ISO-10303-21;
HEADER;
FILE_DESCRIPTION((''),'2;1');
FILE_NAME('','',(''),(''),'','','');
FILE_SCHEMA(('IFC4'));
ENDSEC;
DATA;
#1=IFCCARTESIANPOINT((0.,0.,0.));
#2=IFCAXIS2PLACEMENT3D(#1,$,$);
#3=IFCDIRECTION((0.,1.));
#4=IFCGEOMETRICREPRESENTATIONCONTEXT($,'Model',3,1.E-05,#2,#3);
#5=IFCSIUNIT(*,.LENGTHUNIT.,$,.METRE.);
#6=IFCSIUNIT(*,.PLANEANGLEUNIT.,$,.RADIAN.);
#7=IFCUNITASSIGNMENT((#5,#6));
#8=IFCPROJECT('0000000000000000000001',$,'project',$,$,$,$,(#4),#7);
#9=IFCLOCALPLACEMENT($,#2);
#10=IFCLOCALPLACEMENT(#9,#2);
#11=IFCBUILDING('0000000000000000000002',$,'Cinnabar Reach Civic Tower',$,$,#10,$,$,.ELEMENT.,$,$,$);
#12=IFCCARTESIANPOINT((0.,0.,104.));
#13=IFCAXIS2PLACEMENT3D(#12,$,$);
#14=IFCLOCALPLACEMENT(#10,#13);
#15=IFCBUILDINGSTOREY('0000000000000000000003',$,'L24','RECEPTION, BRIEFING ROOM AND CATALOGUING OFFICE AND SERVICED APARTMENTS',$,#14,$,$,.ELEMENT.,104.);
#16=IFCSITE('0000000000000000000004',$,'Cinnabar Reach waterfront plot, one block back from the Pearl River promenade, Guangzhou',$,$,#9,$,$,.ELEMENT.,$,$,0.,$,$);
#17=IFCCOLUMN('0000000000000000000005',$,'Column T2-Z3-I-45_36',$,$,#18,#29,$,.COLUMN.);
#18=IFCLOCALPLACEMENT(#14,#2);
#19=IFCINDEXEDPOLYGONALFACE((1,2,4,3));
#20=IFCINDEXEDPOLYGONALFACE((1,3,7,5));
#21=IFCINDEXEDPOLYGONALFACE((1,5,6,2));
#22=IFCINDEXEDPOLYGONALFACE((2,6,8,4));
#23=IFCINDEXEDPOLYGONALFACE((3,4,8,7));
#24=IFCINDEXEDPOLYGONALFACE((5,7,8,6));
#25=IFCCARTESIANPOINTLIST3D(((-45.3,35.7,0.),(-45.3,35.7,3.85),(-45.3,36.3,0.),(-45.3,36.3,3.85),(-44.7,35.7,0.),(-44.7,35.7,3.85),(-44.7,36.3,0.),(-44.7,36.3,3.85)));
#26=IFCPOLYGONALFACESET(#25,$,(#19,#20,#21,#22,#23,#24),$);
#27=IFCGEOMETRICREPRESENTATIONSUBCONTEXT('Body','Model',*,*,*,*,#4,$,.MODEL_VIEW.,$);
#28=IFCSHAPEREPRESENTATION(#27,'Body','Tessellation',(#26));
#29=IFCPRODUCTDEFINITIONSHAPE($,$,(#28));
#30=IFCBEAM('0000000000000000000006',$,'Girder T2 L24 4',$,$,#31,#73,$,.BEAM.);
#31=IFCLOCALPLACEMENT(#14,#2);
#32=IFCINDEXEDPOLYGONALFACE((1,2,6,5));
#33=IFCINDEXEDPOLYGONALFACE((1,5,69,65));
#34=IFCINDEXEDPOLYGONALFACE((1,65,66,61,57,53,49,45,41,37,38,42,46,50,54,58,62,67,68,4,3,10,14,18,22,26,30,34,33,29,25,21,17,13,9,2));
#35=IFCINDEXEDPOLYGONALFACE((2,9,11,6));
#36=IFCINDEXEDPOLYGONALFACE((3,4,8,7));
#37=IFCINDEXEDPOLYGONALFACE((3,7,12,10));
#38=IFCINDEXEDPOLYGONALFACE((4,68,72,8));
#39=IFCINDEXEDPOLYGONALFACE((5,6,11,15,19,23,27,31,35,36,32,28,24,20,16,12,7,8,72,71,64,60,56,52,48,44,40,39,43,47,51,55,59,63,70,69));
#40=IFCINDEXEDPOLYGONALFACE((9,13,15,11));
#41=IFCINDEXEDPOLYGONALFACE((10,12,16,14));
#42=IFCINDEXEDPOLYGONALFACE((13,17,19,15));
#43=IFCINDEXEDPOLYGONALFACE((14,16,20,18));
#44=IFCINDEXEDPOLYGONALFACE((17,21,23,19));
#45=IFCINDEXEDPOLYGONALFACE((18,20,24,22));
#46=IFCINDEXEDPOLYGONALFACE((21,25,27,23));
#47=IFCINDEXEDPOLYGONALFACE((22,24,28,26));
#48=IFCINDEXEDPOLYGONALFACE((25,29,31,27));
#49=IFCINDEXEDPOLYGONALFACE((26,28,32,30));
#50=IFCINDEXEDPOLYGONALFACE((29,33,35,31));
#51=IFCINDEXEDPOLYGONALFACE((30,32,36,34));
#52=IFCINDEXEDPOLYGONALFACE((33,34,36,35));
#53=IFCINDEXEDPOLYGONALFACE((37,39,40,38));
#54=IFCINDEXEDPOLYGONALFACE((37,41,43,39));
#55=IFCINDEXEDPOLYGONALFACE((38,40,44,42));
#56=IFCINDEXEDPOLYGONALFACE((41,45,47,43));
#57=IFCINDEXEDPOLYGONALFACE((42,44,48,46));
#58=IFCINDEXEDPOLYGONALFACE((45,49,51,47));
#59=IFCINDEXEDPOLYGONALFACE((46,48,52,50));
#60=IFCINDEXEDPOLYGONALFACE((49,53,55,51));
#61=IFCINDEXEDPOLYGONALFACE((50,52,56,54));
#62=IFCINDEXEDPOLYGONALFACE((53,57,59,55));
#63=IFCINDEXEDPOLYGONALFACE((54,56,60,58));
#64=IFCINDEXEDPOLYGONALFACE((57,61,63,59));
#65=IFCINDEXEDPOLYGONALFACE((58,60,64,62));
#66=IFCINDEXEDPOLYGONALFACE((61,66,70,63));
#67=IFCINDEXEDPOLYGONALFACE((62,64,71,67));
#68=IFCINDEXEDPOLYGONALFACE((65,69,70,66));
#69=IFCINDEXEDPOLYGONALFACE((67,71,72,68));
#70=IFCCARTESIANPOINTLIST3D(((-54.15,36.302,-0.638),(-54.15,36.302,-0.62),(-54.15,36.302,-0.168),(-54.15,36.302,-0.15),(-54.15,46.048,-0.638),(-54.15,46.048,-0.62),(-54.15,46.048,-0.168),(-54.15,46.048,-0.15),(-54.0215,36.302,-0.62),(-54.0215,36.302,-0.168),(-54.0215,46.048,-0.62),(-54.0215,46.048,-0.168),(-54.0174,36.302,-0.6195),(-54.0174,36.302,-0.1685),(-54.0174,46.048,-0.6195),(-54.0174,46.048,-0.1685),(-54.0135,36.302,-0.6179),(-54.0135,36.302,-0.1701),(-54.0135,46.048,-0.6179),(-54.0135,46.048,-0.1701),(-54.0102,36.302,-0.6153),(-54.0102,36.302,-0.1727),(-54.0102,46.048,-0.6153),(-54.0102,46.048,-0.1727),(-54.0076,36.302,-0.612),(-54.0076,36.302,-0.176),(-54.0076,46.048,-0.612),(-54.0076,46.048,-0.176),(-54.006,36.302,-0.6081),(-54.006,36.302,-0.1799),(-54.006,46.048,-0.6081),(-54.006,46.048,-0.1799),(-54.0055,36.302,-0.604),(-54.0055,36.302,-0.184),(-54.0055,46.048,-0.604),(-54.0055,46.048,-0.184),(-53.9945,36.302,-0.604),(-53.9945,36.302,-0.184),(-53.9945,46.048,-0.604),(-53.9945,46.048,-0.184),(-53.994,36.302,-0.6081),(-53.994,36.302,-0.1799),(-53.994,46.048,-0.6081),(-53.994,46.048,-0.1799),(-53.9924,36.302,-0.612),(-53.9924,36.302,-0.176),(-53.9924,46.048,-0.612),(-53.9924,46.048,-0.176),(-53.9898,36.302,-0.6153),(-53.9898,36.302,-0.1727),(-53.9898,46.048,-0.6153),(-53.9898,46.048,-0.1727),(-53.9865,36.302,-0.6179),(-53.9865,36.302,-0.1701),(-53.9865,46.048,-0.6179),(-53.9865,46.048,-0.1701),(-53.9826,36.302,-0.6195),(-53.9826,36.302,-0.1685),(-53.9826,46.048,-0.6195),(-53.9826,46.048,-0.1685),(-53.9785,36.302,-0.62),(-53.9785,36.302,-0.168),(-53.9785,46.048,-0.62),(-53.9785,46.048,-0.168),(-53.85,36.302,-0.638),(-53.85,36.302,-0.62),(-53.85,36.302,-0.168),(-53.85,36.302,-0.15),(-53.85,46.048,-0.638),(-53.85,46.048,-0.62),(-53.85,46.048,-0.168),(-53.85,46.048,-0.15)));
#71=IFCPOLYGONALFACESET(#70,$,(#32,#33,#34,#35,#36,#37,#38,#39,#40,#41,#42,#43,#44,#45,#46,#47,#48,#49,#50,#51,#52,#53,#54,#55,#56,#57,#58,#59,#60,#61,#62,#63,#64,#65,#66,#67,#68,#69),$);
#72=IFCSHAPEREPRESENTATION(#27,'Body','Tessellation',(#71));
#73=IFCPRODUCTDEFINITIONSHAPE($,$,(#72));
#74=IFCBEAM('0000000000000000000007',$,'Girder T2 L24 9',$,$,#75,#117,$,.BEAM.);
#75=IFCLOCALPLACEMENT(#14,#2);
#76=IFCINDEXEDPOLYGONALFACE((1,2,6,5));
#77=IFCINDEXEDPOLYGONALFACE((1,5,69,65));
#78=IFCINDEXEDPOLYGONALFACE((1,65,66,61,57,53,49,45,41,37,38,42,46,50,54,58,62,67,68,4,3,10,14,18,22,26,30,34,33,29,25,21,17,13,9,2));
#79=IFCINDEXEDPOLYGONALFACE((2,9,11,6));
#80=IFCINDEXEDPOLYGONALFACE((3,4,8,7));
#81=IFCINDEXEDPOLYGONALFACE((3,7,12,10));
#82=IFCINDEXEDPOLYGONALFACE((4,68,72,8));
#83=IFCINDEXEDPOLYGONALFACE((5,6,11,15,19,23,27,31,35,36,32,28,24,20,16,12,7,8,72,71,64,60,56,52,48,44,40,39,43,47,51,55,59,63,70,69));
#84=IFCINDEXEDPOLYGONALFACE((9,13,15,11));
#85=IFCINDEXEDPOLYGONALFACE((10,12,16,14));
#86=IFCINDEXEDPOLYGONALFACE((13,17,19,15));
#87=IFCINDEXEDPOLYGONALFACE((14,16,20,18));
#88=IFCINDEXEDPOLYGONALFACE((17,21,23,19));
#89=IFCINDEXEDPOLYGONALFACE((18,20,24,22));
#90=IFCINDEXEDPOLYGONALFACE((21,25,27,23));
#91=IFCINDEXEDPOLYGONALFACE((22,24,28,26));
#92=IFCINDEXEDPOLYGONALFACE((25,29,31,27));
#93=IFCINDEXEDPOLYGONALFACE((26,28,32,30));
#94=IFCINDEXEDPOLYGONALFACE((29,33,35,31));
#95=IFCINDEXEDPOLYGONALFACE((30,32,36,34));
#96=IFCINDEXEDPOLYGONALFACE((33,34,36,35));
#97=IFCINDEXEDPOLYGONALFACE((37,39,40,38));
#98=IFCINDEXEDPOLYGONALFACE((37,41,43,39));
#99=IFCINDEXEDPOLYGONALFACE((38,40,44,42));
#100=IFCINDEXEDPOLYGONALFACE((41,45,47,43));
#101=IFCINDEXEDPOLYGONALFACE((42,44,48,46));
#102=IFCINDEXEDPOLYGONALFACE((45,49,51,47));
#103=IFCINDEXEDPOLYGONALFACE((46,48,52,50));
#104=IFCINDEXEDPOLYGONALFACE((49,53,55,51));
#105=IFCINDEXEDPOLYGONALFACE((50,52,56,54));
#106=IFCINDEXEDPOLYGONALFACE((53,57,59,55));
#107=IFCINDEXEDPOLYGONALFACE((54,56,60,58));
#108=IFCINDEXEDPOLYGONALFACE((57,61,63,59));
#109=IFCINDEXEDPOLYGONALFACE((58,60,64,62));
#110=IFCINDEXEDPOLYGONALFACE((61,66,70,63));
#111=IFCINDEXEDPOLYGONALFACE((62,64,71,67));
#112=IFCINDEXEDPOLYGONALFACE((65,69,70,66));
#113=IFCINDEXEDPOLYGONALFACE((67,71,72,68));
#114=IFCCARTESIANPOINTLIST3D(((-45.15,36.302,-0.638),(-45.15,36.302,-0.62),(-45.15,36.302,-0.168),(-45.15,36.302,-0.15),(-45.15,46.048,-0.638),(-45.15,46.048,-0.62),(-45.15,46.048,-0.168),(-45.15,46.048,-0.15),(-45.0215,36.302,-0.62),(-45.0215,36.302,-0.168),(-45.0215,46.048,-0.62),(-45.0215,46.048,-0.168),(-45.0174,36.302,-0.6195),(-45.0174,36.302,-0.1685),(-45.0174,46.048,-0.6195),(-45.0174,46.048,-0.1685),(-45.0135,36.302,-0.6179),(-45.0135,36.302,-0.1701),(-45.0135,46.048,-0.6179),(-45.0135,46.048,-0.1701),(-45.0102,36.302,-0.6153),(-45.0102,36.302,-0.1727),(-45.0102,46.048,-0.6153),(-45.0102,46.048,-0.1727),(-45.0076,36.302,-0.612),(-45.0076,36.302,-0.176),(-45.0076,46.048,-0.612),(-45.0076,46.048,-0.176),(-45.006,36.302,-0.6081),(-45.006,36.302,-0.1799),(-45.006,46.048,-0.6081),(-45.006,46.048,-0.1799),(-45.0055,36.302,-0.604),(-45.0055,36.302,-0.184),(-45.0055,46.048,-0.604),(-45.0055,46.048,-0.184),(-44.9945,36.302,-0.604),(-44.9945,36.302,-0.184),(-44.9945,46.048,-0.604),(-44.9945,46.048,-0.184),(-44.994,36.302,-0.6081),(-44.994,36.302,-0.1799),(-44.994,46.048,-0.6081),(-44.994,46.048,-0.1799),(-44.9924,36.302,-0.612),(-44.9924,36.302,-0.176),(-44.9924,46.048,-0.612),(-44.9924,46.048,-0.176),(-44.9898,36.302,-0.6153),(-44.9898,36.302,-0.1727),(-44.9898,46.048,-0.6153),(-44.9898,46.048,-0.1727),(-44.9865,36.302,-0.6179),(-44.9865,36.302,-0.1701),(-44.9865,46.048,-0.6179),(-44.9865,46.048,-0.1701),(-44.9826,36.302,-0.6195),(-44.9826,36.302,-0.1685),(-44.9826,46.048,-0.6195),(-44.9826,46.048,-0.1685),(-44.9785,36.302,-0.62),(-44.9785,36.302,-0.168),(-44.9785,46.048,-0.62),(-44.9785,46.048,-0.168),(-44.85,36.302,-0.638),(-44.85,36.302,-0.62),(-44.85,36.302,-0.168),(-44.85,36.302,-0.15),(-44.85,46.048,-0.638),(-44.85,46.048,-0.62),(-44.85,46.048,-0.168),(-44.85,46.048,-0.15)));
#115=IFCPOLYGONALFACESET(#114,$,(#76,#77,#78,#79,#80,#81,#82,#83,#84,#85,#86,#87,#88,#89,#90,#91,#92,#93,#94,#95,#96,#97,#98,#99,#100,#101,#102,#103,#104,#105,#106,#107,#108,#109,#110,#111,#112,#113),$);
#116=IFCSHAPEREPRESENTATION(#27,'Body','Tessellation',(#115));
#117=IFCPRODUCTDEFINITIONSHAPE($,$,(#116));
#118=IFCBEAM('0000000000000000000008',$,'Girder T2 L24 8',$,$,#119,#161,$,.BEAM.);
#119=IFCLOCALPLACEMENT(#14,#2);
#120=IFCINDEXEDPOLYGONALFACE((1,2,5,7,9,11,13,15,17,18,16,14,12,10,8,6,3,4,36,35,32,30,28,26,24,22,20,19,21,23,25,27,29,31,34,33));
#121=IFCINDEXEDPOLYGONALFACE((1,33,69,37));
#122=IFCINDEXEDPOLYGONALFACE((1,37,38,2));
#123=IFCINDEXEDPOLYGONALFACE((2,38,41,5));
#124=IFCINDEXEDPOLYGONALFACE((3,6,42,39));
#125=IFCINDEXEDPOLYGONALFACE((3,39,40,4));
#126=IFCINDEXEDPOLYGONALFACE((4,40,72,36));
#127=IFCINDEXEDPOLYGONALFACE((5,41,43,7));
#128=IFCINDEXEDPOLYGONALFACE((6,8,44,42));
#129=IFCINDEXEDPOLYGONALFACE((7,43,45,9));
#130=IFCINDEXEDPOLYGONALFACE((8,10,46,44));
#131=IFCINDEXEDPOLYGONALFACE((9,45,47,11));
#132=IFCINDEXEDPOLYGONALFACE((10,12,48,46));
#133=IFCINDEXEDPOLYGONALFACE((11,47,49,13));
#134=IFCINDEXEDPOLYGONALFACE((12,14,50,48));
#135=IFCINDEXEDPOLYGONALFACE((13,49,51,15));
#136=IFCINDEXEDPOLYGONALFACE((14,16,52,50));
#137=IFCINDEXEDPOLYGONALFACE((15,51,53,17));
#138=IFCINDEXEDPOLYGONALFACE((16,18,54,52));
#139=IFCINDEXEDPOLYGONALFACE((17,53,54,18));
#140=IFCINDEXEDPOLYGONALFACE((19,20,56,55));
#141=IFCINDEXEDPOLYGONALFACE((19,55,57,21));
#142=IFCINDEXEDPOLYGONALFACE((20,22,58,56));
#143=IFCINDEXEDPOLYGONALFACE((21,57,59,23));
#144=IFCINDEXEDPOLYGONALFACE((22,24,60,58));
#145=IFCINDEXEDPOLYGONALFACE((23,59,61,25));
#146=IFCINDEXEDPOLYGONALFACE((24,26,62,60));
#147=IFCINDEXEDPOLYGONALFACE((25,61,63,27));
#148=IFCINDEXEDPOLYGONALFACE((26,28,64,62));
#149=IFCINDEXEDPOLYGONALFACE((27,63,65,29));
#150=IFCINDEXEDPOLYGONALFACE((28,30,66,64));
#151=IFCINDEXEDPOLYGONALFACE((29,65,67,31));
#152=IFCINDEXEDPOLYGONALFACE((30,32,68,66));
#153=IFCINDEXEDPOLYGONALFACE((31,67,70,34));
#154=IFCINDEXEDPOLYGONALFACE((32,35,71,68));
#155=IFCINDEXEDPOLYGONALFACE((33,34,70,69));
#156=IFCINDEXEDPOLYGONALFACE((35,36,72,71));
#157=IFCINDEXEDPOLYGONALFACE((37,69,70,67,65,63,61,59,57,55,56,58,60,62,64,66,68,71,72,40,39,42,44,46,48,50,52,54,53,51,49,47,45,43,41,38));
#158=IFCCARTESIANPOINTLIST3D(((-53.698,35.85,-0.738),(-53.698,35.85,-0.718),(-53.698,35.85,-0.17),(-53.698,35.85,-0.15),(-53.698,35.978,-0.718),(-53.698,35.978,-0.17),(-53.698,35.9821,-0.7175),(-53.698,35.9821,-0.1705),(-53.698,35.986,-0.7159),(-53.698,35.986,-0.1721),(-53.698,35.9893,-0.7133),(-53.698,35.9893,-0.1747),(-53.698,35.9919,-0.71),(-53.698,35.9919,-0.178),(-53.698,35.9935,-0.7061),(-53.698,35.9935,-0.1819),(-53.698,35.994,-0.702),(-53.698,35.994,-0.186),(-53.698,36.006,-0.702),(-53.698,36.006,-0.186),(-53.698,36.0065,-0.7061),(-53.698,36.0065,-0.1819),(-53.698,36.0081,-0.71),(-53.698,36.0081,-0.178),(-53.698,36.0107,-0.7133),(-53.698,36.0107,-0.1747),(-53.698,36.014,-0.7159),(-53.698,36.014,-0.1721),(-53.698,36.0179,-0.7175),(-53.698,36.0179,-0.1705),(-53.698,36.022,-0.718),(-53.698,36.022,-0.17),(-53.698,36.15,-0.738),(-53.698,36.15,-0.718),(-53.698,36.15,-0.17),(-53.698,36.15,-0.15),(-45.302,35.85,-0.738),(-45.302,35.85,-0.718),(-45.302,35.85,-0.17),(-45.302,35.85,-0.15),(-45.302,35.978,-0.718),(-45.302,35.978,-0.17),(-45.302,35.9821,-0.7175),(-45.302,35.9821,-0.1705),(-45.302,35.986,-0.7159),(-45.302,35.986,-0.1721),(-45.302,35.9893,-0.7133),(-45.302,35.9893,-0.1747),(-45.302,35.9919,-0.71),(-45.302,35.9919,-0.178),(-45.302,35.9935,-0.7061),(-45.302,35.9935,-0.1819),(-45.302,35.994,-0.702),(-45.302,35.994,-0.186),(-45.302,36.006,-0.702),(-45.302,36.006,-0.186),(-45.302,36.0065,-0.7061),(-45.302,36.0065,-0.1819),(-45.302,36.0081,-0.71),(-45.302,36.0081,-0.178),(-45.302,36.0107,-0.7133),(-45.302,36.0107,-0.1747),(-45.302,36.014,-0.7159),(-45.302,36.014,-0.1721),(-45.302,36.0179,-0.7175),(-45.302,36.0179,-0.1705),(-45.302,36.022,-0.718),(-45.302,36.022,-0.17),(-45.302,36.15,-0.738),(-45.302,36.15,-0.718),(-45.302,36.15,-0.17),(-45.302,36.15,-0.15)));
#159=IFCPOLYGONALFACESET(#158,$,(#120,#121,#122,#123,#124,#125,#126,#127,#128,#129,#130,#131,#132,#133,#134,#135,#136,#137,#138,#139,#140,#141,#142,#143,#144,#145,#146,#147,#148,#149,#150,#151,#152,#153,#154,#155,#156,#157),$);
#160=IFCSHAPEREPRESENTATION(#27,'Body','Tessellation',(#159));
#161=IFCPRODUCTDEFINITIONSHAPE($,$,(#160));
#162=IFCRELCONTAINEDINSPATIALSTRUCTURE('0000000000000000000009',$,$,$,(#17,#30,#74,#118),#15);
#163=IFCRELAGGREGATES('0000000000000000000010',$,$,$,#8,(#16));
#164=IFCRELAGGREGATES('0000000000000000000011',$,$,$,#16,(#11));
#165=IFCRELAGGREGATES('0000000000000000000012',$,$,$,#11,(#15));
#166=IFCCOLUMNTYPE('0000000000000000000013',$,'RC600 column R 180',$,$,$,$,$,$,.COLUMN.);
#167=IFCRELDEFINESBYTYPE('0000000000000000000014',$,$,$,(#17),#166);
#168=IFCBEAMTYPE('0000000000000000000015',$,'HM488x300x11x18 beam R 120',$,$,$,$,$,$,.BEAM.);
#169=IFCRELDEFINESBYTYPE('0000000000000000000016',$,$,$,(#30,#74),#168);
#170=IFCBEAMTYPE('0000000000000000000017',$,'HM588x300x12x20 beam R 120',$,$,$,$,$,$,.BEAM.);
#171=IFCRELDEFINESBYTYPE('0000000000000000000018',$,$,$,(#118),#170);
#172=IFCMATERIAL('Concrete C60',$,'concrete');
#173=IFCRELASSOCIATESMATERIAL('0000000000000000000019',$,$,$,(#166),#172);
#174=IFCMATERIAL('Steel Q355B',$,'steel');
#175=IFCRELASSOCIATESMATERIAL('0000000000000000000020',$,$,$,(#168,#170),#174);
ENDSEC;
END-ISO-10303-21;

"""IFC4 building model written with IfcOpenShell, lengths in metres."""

from ifc_helpers import new_model, si_unit, direction, frame, origin, origin_2d, place, context, subcontext, project, spatial, rectangle, i_section, extrude, material, material_profile, profile_set, type_object, element, save


model = new_model("IFC4")

# Units and contexts
model_context = context("Model", 3, precision=1e-05, world=origin(), true_north=direction((0.0, 1.0)))
body_context = subcontext(model_context, "Body", "Model", "MODEL_VIEW")
ifc_project = project(units=[si_unit("LENGTHUNIT", "METRE"), si_unit("PLANEANGLEUNIT", "RADIAN")], contexts=[model_context])

# Site, building, storey
site_placement = place(None, origin())
site = spatial("IfcSite", under=ifc_project, at=site_placement, Name="Cinnabar Reach waterfront plot, one block back from the Pearl River promenade, Guangzhou", CompositionType="ELEMENT", RefElevation=0.0)
building_placement = place(site_placement, origin())
building = spatial("IfcBuilding", under=site, at=building_placement, Name="Cinnabar Reach Civic Tower", CompositionType="ELEMENT")
storey_placement = place(building_placement, frame((0.0, 0.0, 104.0)))
storey = spatial("IfcBuildingStorey", under=building, at=storey_placement, Name="L24", Description="RECEPTION, BRIEFING ROOM AND CATALOGUING OFFICE AND SERVICED APARTMENTS", CompositionType="ELEMENT", Elevation=104.0)

# Column
ifc_material_1 = material(Name="Concrete C60", Category="concrete")
ifc_material_profile_1 = material_profile(ifc_material_1, rectangle(XDim=0.6, YDim=0.6, at=origin_2d()), Name="RC600")
ifc_profile_set_1 = profile_set([ifc_material_profile_1], Name="Concrete C60")
column_type = type_object("IfcColumnType", Name="RC600 column R 180", PredefinedType="COLUMN", material=ifc_profile_set_1)
column_placement = place(storey_placement, frame((-45.0, 36.0, 0.0), z_axis=(0.0, 0.0, 1.0), x_axis=(1.0, 0.0, 0.0)))
element("IfcColumn", 1, at=column_placement, inside=storey, type_object=column_type, Name="Column T2-Z3-I-45_36", PredefinedType="COLUMN", context=body_context, shape_type="SweptSolid", body=[
    extrude(rectangle(XDim=0.6, YDim=0.6, at=origin_2d()), origin(), (0.0, 0.0, 1.0), 3.85),
])

# Beams
ifc_material_2 = material(Name="Steel Q355B", Category="steel")
ifc_material_profile_2 = material_profile(ifc_material_2, i_section(OverallWidth=0.3, OverallDepth=0.488, WebThickness=0.011, FlangeThickness=0.018, FilletRadius=0.016, at=origin_2d()), Name="HM488x300x11x18")
ifc_profile_set_2 = profile_set([ifc_material_profile_2], Name="Steel Q355B")
beam_type_1 = type_object("IfcBeamType", Name="HM488x300x11x18 beam R 120", PredefinedType="BEAM", material=ifc_profile_set_2)
for number, where, z_axis, x_axis, name in (
    (2, (-54.0, 36.302, -0.394), (0.0, 1.0, 0.0), (-1.0, 0.0, 0.0), "Girder T2 L24 4"),
    (3, (-45.0, 36.302, -0.394), (0.0, 1.0, 0.0), (-1.0, 0.0, 0.0), "Girder T2 L24 9"),
):
    element("IfcBeam", number, at=place(storey_placement, frame(where, z_axis=z_axis, x_axis=x_axis)), inside=storey, type_object=beam_type_1, Name=name, PredefinedType="BEAM", context=body_context, shape_type="SweptSolid", body=[
        extrude(i_section(OverallWidth=0.3, OverallDepth=0.488, WebThickness=0.011, FlangeThickness=0.018, FilletRadius=0.016, at=origin_2d()), origin(), (0.0, 0.0, 1.0), 9.746),
    ])
ifc_material_profile_3 = material_profile(ifc_material_2, i_section(OverallWidth=0.3, OverallDepth=0.588, WebThickness=0.012, FlangeThickness=0.02, FilletRadius=0.016, at=origin_2d()), Name="HM588x300x12x20")
ifc_profile_set_3 = profile_set([ifc_material_profile_3], Name="Steel Q355B")
beam_type_2 = type_object("IfcBeamType", Name="HM588x300x12x20 beam R 120", PredefinedType="BEAM", material=ifc_profile_set_3)
beam_1_placement = place(storey_placement, frame((-53.698, 36.0, -0.444), z_axis=(1.0, 0.0, 0.0), x_axis=(0.0, 1.0, 0.0)))
element("IfcBeam", 4, at=beam_1_placement, inside=storey, type_object=beam_type_2, Name="Girder T2 L24 8", PredefinedType="BEAM", context=body_context, shape_type="SweptSolid", body=[
    extrude(i_section(OverallWidth=0.3, OverallDepth=0.588, WebThickness=0.012, FlangeThickness=0.02, FilletRadius=0.016, at=origin_2d()), origin(), (0.0, 0.0, 1.0), 8.396),
])

save(model, "model.ifc")
